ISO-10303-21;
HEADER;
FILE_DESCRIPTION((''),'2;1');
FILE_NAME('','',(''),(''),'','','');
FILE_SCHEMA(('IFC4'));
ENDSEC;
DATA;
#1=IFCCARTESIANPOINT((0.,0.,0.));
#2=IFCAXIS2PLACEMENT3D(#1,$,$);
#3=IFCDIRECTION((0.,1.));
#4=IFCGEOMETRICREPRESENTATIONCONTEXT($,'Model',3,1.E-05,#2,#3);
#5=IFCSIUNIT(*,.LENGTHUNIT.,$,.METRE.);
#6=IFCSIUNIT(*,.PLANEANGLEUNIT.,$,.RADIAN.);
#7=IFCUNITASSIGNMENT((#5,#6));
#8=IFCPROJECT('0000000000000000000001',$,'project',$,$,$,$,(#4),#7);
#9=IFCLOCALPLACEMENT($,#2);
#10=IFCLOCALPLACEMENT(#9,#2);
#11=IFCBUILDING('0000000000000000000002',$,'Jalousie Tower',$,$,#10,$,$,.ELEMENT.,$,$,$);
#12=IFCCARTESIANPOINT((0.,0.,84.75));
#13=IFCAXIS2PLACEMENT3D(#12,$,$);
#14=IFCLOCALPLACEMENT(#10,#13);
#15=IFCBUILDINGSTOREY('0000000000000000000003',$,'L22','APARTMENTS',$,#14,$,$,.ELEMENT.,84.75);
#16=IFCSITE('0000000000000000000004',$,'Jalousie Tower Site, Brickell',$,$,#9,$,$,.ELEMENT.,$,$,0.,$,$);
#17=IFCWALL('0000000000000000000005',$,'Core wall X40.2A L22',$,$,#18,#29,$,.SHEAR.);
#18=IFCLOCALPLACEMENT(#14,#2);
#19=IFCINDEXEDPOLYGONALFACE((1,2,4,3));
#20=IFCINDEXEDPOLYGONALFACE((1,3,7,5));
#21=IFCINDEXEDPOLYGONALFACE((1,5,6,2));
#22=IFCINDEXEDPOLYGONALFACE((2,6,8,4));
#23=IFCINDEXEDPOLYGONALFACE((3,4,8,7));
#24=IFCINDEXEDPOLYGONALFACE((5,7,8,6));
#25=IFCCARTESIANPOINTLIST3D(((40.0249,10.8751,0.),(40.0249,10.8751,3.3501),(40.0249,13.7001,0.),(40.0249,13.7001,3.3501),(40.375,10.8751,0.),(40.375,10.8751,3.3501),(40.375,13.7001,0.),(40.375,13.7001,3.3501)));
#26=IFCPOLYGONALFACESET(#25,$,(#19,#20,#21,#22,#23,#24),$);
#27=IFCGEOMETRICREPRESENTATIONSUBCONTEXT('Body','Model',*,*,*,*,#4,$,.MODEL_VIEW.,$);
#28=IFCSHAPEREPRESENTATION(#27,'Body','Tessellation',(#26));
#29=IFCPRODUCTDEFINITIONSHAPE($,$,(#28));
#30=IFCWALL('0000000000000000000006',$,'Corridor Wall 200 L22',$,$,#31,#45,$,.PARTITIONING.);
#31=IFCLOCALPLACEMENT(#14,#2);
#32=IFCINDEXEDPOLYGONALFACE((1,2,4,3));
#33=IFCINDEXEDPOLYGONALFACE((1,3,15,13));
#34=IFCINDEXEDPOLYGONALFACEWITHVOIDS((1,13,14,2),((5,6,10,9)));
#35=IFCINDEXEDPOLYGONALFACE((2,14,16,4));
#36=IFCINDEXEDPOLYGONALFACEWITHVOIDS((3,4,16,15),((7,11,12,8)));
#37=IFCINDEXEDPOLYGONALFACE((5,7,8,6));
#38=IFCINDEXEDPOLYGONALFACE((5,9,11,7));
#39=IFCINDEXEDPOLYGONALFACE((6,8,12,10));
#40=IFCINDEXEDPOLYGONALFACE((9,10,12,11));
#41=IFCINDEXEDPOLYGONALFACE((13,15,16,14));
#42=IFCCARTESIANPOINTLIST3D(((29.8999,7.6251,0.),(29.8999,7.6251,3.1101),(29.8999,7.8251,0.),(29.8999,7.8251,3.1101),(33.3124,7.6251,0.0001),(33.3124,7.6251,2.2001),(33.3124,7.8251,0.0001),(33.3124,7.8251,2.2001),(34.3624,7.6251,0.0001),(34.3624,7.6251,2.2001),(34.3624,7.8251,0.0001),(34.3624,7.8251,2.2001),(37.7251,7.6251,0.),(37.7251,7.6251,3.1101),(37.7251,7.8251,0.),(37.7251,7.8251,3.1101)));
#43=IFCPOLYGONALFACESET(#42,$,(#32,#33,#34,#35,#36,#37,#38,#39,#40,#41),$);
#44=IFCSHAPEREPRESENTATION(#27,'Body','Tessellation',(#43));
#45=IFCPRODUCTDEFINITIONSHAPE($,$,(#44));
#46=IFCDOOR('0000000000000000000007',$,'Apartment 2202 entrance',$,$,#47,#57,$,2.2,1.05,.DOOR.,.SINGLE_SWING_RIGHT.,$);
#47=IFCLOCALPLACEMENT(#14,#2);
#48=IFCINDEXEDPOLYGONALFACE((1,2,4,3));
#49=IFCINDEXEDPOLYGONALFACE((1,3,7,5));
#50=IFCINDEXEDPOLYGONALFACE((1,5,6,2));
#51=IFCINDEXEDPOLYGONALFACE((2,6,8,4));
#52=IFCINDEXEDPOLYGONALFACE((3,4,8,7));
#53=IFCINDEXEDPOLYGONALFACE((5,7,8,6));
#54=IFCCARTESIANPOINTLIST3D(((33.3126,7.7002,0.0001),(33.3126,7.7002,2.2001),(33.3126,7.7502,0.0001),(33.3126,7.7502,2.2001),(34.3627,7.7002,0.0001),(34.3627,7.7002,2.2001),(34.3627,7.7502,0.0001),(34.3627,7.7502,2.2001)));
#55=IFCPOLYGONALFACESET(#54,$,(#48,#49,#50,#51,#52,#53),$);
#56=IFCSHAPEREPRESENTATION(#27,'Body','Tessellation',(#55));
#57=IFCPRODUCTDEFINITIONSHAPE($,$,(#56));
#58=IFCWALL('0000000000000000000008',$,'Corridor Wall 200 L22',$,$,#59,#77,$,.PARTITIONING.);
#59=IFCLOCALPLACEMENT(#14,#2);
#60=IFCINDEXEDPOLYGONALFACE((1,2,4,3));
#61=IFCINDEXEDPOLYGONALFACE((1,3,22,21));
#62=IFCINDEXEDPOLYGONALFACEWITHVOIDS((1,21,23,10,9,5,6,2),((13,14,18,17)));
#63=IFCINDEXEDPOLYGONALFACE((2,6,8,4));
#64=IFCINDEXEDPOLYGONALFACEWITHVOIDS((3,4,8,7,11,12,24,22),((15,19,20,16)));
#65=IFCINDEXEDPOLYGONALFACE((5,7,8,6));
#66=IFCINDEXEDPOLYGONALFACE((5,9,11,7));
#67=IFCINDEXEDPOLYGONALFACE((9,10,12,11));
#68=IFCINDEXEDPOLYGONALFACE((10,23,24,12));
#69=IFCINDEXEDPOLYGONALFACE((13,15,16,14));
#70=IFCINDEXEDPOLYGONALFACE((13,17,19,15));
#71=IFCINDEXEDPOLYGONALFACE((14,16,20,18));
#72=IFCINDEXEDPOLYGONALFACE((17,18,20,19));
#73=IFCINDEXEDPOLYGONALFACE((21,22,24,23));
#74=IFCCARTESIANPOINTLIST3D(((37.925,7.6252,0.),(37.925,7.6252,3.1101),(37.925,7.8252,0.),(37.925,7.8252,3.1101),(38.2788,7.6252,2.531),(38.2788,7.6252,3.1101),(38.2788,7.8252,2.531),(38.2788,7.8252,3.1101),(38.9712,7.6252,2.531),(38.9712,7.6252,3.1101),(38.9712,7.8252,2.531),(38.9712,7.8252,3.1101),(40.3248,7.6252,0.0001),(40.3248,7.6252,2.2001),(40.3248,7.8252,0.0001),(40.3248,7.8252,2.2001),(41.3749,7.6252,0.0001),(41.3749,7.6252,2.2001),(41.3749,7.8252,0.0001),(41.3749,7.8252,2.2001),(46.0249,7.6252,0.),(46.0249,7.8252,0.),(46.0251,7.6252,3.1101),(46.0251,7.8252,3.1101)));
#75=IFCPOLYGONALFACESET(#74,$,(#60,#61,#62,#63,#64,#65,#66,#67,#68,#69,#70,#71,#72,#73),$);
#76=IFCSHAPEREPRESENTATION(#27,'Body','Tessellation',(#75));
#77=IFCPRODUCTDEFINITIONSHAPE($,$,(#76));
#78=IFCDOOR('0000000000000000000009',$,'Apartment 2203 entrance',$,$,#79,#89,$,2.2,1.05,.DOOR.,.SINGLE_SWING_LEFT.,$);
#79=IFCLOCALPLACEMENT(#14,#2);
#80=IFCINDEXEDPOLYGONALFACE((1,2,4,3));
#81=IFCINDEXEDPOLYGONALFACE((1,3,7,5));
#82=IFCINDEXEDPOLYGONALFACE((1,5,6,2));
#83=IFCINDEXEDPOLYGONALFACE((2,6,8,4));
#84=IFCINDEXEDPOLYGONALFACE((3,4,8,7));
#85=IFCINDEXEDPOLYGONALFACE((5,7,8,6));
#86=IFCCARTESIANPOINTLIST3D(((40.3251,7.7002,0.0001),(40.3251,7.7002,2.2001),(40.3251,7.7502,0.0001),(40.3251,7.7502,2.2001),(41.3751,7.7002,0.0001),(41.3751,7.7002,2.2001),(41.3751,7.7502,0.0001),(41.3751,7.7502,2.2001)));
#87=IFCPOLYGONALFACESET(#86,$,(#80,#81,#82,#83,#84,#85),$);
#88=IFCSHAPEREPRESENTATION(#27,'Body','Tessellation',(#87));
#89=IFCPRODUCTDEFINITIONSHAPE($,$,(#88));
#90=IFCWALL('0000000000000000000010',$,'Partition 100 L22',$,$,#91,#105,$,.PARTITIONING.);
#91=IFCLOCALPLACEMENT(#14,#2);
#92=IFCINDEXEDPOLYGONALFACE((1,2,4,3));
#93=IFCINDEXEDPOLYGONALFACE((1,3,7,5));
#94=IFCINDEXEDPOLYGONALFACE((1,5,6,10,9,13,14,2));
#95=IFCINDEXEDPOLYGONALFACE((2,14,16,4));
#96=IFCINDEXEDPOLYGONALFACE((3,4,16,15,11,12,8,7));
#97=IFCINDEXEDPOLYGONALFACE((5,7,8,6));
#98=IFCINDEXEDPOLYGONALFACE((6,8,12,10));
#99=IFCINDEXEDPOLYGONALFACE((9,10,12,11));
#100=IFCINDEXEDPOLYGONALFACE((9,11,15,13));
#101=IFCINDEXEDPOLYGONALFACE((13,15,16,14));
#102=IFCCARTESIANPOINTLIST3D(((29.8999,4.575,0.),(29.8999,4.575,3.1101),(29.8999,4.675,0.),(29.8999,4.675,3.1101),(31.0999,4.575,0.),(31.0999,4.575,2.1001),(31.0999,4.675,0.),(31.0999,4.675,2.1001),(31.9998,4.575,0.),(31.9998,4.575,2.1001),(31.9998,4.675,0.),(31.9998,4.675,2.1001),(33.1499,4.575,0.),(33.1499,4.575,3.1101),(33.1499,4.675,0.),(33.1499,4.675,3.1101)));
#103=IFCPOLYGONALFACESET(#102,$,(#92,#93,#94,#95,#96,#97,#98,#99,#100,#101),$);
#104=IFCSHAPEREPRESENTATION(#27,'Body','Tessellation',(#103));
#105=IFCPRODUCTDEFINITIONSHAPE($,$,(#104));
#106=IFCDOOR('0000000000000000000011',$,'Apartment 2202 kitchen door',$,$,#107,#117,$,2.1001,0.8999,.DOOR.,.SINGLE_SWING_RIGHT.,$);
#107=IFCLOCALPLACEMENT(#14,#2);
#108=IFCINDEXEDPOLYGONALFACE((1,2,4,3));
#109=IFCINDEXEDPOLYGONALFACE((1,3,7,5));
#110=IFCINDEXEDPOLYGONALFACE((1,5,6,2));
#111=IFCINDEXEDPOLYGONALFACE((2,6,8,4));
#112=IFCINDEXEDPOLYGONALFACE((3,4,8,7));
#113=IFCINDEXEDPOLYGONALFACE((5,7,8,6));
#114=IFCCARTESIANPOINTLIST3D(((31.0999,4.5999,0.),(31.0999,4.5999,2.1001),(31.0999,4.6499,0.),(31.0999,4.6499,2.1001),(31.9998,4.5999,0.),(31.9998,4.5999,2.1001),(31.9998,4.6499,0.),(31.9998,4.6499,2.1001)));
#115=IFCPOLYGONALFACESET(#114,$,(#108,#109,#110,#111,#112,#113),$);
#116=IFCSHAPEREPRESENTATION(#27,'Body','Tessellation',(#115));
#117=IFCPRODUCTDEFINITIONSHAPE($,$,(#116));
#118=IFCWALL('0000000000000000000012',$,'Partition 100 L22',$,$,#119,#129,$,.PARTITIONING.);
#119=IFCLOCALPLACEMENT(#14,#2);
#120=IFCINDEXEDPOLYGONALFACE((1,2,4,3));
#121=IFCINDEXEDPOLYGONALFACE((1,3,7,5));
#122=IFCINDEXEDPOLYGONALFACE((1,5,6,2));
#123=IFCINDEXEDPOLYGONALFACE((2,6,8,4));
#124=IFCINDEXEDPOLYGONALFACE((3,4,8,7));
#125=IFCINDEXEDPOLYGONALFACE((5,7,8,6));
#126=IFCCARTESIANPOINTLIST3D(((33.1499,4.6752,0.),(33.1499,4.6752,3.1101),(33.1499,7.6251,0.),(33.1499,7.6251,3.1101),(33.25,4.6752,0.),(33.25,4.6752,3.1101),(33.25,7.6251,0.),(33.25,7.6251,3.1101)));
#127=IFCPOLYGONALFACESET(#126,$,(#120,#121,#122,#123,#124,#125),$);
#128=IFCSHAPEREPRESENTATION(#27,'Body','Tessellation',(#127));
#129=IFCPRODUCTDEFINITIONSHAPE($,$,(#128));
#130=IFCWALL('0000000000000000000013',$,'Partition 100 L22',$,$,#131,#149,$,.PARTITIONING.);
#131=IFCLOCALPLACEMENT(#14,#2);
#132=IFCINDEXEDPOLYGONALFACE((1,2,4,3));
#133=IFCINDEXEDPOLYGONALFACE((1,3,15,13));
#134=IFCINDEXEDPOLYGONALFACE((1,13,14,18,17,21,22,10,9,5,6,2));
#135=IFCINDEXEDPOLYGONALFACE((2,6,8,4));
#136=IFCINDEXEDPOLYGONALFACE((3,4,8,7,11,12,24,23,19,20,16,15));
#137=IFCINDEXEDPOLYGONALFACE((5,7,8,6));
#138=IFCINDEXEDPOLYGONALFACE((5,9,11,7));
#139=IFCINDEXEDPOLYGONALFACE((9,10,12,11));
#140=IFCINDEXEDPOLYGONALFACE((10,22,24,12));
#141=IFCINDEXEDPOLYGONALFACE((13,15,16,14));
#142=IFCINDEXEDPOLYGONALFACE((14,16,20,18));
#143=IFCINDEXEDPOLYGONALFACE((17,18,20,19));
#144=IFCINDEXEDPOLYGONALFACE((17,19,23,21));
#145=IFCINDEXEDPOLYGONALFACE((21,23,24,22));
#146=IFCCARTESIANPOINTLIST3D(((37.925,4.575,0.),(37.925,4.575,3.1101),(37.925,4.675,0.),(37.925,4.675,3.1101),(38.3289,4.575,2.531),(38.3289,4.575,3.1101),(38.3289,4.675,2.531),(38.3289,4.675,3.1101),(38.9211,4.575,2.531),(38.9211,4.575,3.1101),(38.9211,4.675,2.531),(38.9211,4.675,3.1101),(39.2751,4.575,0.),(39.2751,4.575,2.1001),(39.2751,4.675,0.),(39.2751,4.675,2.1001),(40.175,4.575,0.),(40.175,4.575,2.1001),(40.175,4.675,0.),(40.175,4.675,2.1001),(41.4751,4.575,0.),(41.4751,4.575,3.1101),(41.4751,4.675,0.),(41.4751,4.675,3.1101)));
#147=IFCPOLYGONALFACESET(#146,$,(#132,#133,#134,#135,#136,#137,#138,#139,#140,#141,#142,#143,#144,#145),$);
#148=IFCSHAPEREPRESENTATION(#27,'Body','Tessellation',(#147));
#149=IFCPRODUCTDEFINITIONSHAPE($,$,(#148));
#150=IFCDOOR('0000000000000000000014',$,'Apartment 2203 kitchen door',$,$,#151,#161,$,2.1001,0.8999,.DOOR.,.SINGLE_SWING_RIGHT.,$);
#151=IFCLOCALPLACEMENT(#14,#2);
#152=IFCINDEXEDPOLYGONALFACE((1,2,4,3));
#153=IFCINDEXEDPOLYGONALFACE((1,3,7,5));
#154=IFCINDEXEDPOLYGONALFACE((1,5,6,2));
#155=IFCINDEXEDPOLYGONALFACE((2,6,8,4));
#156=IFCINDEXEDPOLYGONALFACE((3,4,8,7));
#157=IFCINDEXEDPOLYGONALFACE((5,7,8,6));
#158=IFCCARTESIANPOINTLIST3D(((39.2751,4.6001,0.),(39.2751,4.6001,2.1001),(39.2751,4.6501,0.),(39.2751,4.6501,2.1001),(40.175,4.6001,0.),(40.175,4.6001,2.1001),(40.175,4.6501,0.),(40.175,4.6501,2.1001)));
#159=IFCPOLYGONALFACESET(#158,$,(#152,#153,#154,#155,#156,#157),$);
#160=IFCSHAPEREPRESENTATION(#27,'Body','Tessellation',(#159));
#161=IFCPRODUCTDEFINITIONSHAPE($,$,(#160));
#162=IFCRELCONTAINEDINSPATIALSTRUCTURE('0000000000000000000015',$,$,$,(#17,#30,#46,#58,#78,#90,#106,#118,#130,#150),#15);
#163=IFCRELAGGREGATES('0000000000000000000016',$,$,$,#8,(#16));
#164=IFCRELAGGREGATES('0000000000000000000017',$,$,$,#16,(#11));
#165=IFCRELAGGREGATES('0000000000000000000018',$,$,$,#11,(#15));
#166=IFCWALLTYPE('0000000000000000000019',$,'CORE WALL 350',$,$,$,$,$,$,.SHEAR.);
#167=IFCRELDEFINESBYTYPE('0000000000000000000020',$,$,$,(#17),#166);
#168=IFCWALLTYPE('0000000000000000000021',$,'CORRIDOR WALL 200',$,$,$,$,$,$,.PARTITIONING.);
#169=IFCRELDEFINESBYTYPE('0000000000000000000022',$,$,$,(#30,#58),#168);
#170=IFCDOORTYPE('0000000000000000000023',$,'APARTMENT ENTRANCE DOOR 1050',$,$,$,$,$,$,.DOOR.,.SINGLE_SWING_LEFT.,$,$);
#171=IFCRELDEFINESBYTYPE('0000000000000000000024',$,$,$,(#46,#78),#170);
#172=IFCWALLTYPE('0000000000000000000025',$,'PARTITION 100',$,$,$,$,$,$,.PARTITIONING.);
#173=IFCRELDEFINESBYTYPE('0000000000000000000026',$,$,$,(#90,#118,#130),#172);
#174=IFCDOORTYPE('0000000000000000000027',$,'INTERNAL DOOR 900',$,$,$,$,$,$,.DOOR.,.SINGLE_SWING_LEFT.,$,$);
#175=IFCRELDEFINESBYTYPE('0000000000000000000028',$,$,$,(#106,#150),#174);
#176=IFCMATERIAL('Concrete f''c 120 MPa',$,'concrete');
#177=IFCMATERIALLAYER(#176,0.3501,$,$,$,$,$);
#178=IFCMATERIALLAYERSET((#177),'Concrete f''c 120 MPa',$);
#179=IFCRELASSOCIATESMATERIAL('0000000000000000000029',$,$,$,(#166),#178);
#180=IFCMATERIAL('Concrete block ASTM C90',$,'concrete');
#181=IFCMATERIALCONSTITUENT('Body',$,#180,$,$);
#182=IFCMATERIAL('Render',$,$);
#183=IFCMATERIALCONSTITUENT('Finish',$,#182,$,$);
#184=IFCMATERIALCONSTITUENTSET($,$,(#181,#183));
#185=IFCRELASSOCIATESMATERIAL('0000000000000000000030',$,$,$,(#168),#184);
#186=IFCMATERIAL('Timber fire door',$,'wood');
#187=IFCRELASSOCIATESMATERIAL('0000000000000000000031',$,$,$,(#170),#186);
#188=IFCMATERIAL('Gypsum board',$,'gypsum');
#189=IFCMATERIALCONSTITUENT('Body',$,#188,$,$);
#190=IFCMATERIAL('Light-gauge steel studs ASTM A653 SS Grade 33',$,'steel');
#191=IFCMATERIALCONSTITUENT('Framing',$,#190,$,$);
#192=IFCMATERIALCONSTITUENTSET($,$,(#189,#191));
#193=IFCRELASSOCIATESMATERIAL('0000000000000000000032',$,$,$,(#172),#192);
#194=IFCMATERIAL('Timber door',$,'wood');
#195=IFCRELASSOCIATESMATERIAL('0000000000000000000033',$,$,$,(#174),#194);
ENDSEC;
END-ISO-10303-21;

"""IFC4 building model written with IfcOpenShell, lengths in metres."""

from ifc_helpers import new_model, si_unit, direction, frame, frame_2d, origin, place, context, subcontext, project, spatial, polyline, rectangle, outline, extrude, material, layer, layer_set, constituent, constituent_set, type_object, element, fill, save


model = new_model("IFC4")

# Units and contexts
model_context = context("Model", 3, precision=1e-05, world=origin(), true_north=direction((0.0, 1.0)))
body_context = subcontext(model_context, "Body", "Model", "MODEL_VIEW")
ifc_project = project(units=[si_unit("LENGTHUNIT", "METRE"), si_unit("PLANEANGLEUNIT", "RADIAN")], contexts=[model_context])

# Site, building, storey
site_placement = place(None, origin())
site = spatial("IfcSite", under=ifc_project, at=site_placement, Name="Jalousie Tower Site, Brickell", CompositionType="ELEMENT", RefElevation=0.0)
building_placement = place(site_placement, origin())
building = spatial("IfcBuilding", under=site, at=building_placement, Name="Jalousie Tower", CompositionType="ELEMENT")
storey_placement = place(building_placement, frame((0.0, 0.0, 84.75)))
storey = spatial("IfcBuildingStorey", under=building, at=storey_placement, Name="L22", Description="APARTMENTS", CompositionType="ELEMENT", Elevation=84.75)

# Shared definitions
ifc_material_1 = material(Name="Concrete f'c 120 MPa", Category="concrete")
ifc_layer_1 = layer(ifc_material_1, 0.3501)
ifc_layer_set_1 = layer_set([ifc_layer_1], Name="Concrete f'c 120 MPa")
wall_type_1 = type_object("IfcWallType", Name="CORE WALL 350", PredefinedType="SHEAR", material=ifc_layer_set_1)

# Wall
wall_1_placement = place(storey_placement, frame((40.2, 10.875, 0.0), z_axis=(0.0, 0.0, 1.0), x_axis=(0.0, 1.0, 0.0)))
element("IfcWall", 1, at=wall_1_placement, inside=storey, type_object=wall_type_1, Name="Core wall X40.2A L22", PredefinedType="SHEAR", context=body_context, shape_type="SweptSolid", body=[
    extrude(rectangle(XDim=2.825, YDim=0.3501, at=frame_2d((1.4126, 0.0))), origin(), (0.0, 0.0, 1.0), 3.3501),
])

# Walls, openings, doors
ifc_material_2 = material(Name="Concrete block ASTM C90", Category="concrete")
ifc_constituent_1 = constituent(ifc_material_2, Name="Body")
ifc_material_3 = material(Name="Render")
ifc_constituent_2 = constituent(ifc_material_3, Name="Finish")
ifc_constituent_set_1 = constituent_set(constituents=[ifc_constituent_1, ifc_constituent_2])
wall_type_2 = type_object("IfcWallType", Name="CORRIDOR WALL 200", PredefinedType="PARTITIONING", material=ifc_constituent_set_1)
wall_2_placement = place(storey_placement, frame((29.8999, 7.7251, 0.0), z_axis=(0.0, 0.0, 1.0), x_axis=(1.0, 0.0, 0.0)))
wall_2 = element("IfcWall", 2, at=wall_2_placement, inside=storey, type_object=wall_type_2, Name="Corridor Wall 200 L22", PredefinedType="PARTITIONING", context=body_context, shape_type="SweptSolid", body=[
    extrude(rectangle(XDim=7.8252, YDim=0.2, at=frame_2d((3.9126, 0.0))), origin(), (0.0, 0.0, 1.0), 3.1101),
])
opening_1_placement = place(wall_2_placement, frame((3.4126, 0.0, 0.0)))
opening_1 = element("IfcOpeningElement", 3, at=opening_1_placement, cuts=wall_2, PredefinedType="OPENING", context=body_context, shape_type="SweptSolid", body=[
    extrude(rectangle(XDim=1.05, YDim=2.2, at=frame_2d((0.5249, 1.1001))), frame((0.0, 0.1099, 0.0), z_axis=(0.0, -1.0, 0.0), x_axis=(1.0, 0.0, 0.0)), (0.0, 0.0, 1.0), 0.22),
])
ifc_material_4 = material(Name="Timber fire door", Category="wood")
door_type_1 = type_object("IfcDoorType", Name="APARTMENT ENTRANCE DOOR 1050", OperationType="SINGLE_SWING_LEFT", PredefinedType="DOOR", material=ifc_material_4)
door_1_placement = place(opening_1_placement, frame((1.05, 0.0, 0.0), z_axis=(0.0, 0.0, 1.0), x_axis=(-1.0, 0.0, 0.0)))
door_1 = element("IfcDoor", 4, at=door_1_placement, inside=storey, type_object=door_type_1, Name="Apartment 2202 entrance", OperationType="SINGLE_SWING_RIGHT", OverallHeight=2.2, OverallWidth=1.05, PredefinedType="DOOR", context=body_context, shape_type="SweptSolid", body=[
    extrude(rectangle(XDim=1.05, YDim=2.2, at=frame_2d((0.5249, 1.1001))), frame((0.0, 0.0249, 0.0), z_axis=(0.0, -1.0, 0.0), x_axis=(1.0, 0.0, 0.0)), (0.0, 0.0, 1.0), 0.05),
])
fill(opening_1, door_1)
wall_3_placement = place(storey_placement, frame((37.925, 7.7251, 0.0), z_axis=(0.0, 0.0, 1.0), x_axis=(1.0, 0.0, 0.0)))
wall_3 = element("IfcWall", 5, at=wall_3_placement, inside=storey, type_object=wall_type_2, Name="Corridor Wall 200 L22", PredefinedType="PARTITIONING", context=body_context, shape_type="SweptSolid", body=[
    extrude(outline(polyline([(0.0, 0.0), (8.0999, 0.0), (8.1001, 3.1101), (1.0461, 3.1101), (1.0461, 2.531), (0.3538, 2.531), (0.3538, 3.1101), (0.0, 3.1101), (0.0, 0.0)])), frame((0.0, 0.1001, 0.0), z_axis=(0.0, -1.0, 0.0), x_axis=(1.0, 0.0, 0.0)), (0.0, 0.0, 1.0), 0.2),
])
opening_2_placement = place(wall_3_placement, frame((2.3999, 0.0, 0.0)))
opening_2 = element("IfcOpeningElement", 6, at=opening_2_placement, cuts=wall_3, PredefinedType="OPENING", context=body_context, shape_type="SweptSolid", body=[
    extrude(rectangle(XDim=1.05, YDim=2.2, at=frame_2d((0.5249, 1.1001))), frame((0.0, 0.1099, 0.0), z_axis=(0.0, -1.0, 0.0), x_axis=(1.0, 0.0, 0.0)), (0.0, 0.0, 1.0), 0.22),
])
door_2_placement = place(opening_2_placement, frame((1.05, 0.0, 0.0), z_axis=(0.0, 0.0, 1.0), x_axis=(-1.0, 0.0, 0.0)))
door_2 = element("IfcDoor", 7, at=door_2_placement, inside=storey, type_object=door_type_1, Name="Apartment 2203 entrance", OperationType="SINGLE_SWING_LEFT", OverallHeight=2.2, OverallWidth=1.05, PredefinedType="DOOR", context=body_context, shape_type="SweptSolid", body=[
    extrude(rectangle(XDim=1.05, YDim=2.2, at=frame_2d((0.5249, 1.1001))), frame((0.0, 0.0249, 0.0), z_axis=(0.0, -1.0, 0.0), x_axis=(1.0, 0.0, 0.0)), (0.0, 0.0, 1.0), 0.05),
])
fill(opening_2, door_2)
ifc_material_5 = material(Name="Gypsum board", Category="gypsum")
ifc_constituent_3 = constituent(ifc_material_5, Name="Body")
ifc_material_6 = material(Name="Light-gauge steel studs ASTM A653 SS Grade 33", Category="steel")
ifc_constituent_4 = constituent(ifc_material_6, Name="Framing")
ifc_constituent_set_2 = constituent_set(constituents=[ifc_constituent_3, ifc_constituent_4])
wall_type_3 = type_object("IfcWallType", Name="PARTITION 100", PredefinedType="PARTITIONING", material=ifc_constituent_set_2)
wall_4_placement = place(storey_placement, frame((29.8999, 4.625, 0.0), z_axis=(0.0, 0.0, 1.0), x_axis=(1.0, 0.0, 0.0)))
wall_4 = element("IfcWall", 8, at=wall_4_placement, inside=storey, type_object=wall_type_3, Name="Partition 100 L22", PredefinedType="PARTITIONING", context=body_context, shape_type="SweptSolid", body=[
    extrude(rectangle(XDim=3.25, YDim=0.1001, at=frame_2d((1.625, 0.0))), origin(), (0.0, 0.0, 1.0), 3.1101),
])
opening_3_placement = place(wall_4_placement, frame((1.2, 0.0, 0.0)))
opening_3 = element("IfcOpeningElement", 9, at=opening_3_placement, cuts=wall_4, PredefinedType="OPENING", context=body_context, shape_type="SweptSolid", body=[
    extrude(rectangle(XDim=0.8999, YDim=2.1001, at=frame_2d((0.45, 1.05))), frame((0.0, 0.0601, 0.0), z_axis=(0.0, -1.0, 0.0), x_axis=(1.0, 0.0, 0.0)), (0.0, 0.0, 1.0), 0.1201),
])
ifc_material_7 = material(Name="Timber door", Category="wood")
door_type_2 = type_object("IfcDoorType", Name="INTERNAL DOOR 900", OperationType="SINGLE_SWING_LEFT", PredefinedType="DOOR", material=ifc_material_7)
door_3_placement = place(opening_3_placement, origin())
door_3 = element("IfcDoor", 10, at=door_3_placement, inside=storey, type_object=door_type_2, Name="Apartment 2202 kitchen door", OperationType="SINGLE_SWING_RIGHT", OverallHeight=2.1001, OverallWidth=0.8999, PredefinedType="DOOR", context=body_context, shape_type="SweptSolid", body=[
    extrude(rectangle(XDim=0.8999, YDim=2.1001, at=frame_2d((0.45, 1.05))), frame((0.0, 0.0249, 0.0), z_axis=(0.0, -1.0, 0.0), x_axis=(1.0, 0.0, 0.0)), (0.0, 0.0, 1.0), 0.05),
])
fill(opening_3, door_3)

# Wall
wall_5_placement = place(storey_placement, frame((33.2, 4.675, 0.0), z_axis=(0.0, 0.0, 1.0), x_axis=(0.0, 1.0, 0.0)))
element("IfcWall", 11, at=wall_5_placement, inside=storey, type_object=wall_type_3, Name="Partition 100 L22", PredefinedType="PARTITIONING", context=body_context, shape_type="SweptSolid", body=[
    extrude(rectangle(XDim=2.95, YDim=0.1001, at=frame_2d((1.4751, 0.0))), origin(), (0.0, 0.0, 1.0), 3.1101),
])

# Wall, opening, door
wall_6_placement = place(storey_placement, frame((37.925, 4.625, 0.0), z_axis=(0.0, 0.0, 1.0), x_axis=(1.0, 0.0, 0.0)))
wall_6 = element("IfcWall", 12, at=wall_6_placement, inside=storey, type_object=wall_type_3, Name="Partition 100 L22", PredefinedType="PARTITIONING", context=body_context, shape_type="SweptSolid", body=[
    extrude(outline(polyline([(0.0, 0.0), (3.55, 0.0), (3.55, 3.1101), (0.9961, 3.1101), (0.9961, 2.531), (0.4038, 2.531), (0.4038, 3.1101), (0.0, 3.1101), (0.0, 0.0)])), frame((0.0, 0.05, 0.0), z_axis=(0.0, -1.0, 0.0), x_axis=(1.0, 0.0, 0.0)), (0.0, 0.0, 1.0), 0.1001),
])
opening_4_placement = place(wall_6_placement, frame((1.3501, 0.0, 0.0)))
opening_4 = element("IfcOpeningElement", 13, at=opening_4_placement, cuts=wall_6, PredefinedType="OPENING", context=body_context, shape_type="SweptSolid", body=[
    extrude(rectangle(XDim=0.8999, YDim=2.1001, at=frame_2d((0.45, 1.05))), frame((0.0, 0.0601, 0.0), z_axis=(0.0, -1.0, 0.0), x_axis=(1.0, 0.0, 0.0)), (0.0, 0.0, 1.0), 0.1201),
])
door_4_placement = place(opening_4_placement, frame((0.8999, 0.0, 0.0), z_axis=(0.0, 0.0, 1.0), x_axis=(-1.0, 0.0, 0.0)))
door_4 = element("IfcDoor", 14, at=door_4_placement, inside=storey, type_object=door_type_2, Name="Apartment 2203 kitchen door", OperationType="SINGLE_SWING_RIGHT", OverallHeight=2.1001, OverallWidth=0.8999, PredefinedType="DOOR", context=body_context, shape_type="SweptSolid", body=[
    extrude(rectangle(XDim=0.8999, YDim=2.1001, at=frame_2d((0.45, 1.05))), frame((0.0, 0.0249, 0.0), z_axis=(0.0, -1.0, 0.0), x_axis=(1.0, 0.0, 0.0)), (0.0, 0.0, 1.0), 0.05),
])
fill(opening_4, door_4)

save(model, "model.ifc")
